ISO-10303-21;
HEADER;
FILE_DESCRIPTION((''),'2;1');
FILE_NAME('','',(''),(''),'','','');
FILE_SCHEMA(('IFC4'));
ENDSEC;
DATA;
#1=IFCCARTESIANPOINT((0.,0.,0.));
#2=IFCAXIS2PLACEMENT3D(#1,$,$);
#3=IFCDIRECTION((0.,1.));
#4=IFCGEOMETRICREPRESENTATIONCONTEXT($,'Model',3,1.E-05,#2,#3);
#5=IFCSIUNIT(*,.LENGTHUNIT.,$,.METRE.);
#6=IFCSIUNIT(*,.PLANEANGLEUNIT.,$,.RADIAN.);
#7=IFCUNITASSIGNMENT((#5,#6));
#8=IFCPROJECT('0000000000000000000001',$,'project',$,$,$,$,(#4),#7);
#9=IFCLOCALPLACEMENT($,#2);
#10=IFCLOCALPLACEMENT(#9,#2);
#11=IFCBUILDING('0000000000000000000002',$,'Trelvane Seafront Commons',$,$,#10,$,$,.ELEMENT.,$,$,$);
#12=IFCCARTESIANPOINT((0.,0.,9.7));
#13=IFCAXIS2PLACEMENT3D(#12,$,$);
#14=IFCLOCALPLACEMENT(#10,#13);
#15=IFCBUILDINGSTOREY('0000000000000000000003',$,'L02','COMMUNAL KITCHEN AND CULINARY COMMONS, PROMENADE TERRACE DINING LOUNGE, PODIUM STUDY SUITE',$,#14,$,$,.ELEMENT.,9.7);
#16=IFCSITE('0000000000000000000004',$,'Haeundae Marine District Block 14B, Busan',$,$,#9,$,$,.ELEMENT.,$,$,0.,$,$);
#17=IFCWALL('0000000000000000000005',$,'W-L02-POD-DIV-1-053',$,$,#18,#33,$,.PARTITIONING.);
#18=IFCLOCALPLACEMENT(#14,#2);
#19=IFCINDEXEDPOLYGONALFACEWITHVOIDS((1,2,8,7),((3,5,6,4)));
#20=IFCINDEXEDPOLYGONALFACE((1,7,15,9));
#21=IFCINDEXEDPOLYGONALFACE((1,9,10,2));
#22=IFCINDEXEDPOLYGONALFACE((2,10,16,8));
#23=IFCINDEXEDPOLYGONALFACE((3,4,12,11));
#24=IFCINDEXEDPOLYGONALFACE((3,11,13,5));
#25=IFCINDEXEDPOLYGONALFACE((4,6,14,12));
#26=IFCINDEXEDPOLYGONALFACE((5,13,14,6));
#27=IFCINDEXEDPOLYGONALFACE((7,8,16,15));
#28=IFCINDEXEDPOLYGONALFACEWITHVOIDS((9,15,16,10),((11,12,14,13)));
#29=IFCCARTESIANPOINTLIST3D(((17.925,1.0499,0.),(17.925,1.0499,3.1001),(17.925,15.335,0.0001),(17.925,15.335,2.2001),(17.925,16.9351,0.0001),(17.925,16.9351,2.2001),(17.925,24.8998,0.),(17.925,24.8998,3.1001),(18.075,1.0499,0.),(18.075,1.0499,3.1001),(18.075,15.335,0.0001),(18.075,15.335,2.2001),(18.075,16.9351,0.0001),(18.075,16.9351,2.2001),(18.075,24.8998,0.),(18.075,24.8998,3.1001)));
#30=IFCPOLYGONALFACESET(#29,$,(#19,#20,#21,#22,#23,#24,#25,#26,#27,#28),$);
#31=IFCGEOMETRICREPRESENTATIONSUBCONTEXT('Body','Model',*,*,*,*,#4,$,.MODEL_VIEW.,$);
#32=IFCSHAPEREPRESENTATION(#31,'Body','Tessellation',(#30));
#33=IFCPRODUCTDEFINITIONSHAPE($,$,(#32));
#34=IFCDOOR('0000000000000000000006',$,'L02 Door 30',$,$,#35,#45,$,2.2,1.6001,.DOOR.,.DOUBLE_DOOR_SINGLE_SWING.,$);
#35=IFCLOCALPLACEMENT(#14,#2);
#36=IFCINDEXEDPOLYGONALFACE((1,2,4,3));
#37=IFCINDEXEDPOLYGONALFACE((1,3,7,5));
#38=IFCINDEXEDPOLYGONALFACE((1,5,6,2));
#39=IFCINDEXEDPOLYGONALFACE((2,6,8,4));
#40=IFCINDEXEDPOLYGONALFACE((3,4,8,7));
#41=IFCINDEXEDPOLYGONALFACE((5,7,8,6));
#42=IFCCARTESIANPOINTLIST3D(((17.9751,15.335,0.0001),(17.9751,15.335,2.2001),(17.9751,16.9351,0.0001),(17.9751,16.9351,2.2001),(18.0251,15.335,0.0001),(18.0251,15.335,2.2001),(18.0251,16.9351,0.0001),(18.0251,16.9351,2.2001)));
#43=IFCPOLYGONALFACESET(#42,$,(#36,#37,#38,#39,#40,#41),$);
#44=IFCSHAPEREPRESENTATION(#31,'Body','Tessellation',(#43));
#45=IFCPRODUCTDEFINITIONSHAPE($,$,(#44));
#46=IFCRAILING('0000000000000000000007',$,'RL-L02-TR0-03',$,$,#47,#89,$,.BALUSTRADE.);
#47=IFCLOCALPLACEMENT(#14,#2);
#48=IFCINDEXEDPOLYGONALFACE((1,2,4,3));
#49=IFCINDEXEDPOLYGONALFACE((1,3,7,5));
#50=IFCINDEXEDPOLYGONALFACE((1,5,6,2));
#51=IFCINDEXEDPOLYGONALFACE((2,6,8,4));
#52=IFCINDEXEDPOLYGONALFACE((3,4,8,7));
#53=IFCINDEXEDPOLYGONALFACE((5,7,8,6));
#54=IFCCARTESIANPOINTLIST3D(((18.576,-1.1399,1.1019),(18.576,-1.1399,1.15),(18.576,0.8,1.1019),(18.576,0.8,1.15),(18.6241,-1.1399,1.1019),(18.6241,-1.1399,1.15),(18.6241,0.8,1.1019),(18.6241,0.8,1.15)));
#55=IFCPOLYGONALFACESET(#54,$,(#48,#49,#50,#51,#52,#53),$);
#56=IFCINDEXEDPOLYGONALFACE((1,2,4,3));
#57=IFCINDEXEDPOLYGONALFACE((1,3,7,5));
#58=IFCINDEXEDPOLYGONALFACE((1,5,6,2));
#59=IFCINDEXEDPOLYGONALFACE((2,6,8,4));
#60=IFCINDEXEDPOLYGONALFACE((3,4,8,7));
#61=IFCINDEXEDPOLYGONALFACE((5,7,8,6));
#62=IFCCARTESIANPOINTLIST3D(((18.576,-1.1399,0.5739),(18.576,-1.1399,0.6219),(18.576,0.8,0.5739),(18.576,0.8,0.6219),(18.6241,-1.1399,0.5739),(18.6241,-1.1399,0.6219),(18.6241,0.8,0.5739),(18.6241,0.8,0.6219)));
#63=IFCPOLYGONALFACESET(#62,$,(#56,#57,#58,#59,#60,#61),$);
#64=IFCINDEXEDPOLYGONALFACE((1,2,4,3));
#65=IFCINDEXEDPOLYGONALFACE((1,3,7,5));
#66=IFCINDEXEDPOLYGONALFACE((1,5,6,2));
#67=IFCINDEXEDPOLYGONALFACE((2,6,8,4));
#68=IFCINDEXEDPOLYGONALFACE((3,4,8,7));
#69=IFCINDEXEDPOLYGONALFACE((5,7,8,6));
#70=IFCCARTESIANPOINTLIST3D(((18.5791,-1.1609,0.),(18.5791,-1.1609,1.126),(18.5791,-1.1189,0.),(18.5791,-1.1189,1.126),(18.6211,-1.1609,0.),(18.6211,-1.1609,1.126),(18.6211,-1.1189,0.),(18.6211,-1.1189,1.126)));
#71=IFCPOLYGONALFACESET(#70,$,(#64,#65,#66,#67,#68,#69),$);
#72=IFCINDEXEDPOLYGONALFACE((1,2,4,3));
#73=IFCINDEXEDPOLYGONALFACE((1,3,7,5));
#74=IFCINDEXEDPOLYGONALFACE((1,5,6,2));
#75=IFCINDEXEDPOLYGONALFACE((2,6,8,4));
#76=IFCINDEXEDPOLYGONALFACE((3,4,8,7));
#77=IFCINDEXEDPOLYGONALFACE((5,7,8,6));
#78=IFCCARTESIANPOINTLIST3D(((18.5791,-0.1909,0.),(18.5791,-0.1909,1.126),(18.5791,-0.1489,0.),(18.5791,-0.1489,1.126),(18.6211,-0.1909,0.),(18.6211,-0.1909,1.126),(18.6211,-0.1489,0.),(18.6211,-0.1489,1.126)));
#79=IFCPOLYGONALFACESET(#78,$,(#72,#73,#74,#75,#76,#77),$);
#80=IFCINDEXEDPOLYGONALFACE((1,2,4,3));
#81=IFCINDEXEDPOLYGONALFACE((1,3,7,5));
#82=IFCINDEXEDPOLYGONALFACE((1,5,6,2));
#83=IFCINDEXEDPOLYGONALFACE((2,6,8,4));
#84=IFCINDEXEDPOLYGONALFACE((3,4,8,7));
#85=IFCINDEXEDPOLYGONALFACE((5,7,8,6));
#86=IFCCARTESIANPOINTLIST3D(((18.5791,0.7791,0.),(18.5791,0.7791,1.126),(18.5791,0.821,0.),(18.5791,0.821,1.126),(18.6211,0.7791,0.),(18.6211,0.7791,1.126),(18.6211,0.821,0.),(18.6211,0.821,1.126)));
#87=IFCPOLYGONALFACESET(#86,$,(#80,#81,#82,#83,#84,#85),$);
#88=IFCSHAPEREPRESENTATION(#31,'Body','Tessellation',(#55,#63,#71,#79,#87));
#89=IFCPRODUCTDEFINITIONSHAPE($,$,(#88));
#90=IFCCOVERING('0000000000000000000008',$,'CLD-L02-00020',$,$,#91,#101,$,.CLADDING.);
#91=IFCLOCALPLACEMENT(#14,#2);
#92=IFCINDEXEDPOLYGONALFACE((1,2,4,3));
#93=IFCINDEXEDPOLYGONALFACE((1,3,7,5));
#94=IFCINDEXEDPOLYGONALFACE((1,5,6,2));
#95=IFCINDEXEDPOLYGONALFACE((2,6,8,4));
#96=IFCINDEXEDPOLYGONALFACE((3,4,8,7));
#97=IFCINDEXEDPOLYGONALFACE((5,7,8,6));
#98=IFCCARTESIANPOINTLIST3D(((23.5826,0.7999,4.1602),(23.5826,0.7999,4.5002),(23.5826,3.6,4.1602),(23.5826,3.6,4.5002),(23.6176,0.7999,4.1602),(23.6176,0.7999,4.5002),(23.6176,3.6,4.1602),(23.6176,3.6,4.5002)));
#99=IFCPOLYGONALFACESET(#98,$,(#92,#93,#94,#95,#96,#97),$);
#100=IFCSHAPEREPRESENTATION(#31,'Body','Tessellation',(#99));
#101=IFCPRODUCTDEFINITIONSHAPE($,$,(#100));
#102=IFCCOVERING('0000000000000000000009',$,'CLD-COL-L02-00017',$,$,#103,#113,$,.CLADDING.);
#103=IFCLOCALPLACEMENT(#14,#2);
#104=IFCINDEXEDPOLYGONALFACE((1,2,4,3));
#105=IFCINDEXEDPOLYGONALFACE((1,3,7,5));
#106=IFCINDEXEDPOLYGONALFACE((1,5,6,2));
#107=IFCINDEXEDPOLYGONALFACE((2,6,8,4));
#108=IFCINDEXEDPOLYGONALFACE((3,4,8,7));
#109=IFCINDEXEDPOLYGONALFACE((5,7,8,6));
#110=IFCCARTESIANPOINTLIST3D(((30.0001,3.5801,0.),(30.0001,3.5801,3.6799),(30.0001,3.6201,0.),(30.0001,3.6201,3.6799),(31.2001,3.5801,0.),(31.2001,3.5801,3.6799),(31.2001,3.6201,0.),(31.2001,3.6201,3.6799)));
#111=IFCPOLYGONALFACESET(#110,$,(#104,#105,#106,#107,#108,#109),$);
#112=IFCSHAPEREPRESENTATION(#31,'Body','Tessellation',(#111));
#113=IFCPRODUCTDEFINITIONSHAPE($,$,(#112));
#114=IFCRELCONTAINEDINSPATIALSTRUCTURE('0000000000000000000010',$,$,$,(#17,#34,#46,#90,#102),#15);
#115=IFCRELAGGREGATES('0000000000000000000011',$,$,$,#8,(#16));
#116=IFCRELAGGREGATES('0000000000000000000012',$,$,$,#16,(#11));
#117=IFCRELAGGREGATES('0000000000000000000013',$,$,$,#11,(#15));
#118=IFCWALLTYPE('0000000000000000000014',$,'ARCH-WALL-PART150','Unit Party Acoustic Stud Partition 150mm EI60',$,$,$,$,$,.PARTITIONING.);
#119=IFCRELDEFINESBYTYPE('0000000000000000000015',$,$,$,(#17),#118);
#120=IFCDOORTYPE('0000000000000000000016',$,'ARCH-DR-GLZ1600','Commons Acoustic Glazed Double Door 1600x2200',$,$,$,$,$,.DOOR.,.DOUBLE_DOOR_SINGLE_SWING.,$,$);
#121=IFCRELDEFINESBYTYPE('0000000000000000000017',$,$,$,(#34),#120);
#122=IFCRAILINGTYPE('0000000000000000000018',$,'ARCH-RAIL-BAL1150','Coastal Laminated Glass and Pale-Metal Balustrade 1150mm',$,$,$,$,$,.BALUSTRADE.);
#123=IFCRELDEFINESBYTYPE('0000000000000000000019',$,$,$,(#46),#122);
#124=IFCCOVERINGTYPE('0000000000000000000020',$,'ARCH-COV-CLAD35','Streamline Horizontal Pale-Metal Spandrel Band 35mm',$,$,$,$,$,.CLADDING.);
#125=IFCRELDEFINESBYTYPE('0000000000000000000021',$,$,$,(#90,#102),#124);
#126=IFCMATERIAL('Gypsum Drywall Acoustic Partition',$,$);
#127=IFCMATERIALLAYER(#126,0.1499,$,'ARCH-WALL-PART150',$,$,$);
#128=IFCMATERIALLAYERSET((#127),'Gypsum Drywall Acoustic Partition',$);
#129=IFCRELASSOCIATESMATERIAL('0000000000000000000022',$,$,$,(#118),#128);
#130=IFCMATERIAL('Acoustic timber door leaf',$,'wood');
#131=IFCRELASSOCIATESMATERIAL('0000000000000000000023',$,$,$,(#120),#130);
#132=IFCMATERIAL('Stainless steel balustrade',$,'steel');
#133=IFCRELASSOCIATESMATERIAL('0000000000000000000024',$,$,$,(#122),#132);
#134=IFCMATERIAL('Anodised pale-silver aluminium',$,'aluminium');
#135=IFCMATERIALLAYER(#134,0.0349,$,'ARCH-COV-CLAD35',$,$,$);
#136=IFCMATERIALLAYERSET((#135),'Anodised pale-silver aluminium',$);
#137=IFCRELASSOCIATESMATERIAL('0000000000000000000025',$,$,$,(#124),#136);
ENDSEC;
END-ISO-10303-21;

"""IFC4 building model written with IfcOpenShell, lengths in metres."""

from ifc_helpers import new_model, si_unit, direction, frame, frame_2d, origin, origin_2d, place, context, subcontext, project, spatial, rectangle, extrude, source, transform, mapped, material, layer, layer_set, type_object, element, fill, save


model = new_model("IFC4")

# Units and contexts
model_context = context("Model", 3, precision=1e-05, world=origin(), true_north=direction((0.0, 1.0)))
body_context = subcontext(model_context, "Body", "Model", "MODEL_VIEW")
ifc_project = project(units=[si_unit("LENGTHUNIT", "METRE"), si_unit("PLANEANGLEUNIT", "RADIAN")], contexts=[model_context])

# Site, building, storey
site_placement = place(None, origin())
site = spatial("IfcSite", under=ifc_project, at=site_placement, Name="Haeundae Marine District Block 14B, Busan", CompositionType="ELEMENT", RefElevation=0.0)
building_placement = place(site_placement, origin())
building = spatial("IfcBuilding", under=site, at=building_placement, Name="Trelvane Seafront Commons", CompositionType="ELEMENT")
storey_placement = place(building_placement, frame((0.0, 0.0, 9.7)))
storey = spatial("IfcBuildingStorey", under=building, at=storey_placement, Name="L02", Description="COMMUNAL KITCHEN AND CULINARY COMMONS, PROMENADE TERRACE DINING LOUNGE, PODIUM STUDY SUITE", CompositionType="ELEMENT", Elevation=9.7)

# Shared definitions
ifc_material_1 = material(Name="Anodised pale-silver aluminium", Category="aluminium")

# Wall, opening, door
ifc_material_2 = material(Name="Gypsum Drywall Acoustic Partition")
ifc_layer_1 = layer(ifc_material_2, 0.1499, Name="ARCH-WALL-PART150")
ifc_layer_set_1 = layer_set([ifc_layer_1], Name="Gypsum Drywall Acoustic Partition")
wall_type_1 = type_object("IfcWallType", Name="ARCH-WALL-PART150", Description="Unit Party Acoustic Stud Partition 150mm EI60", PredefinedType="PARTITIONING", material=ifc_layer_set_1)
wall_1_placement = place(storey_placement, frame((18.0, 1.05, 0.0), z_axis=(0.0, 0.0, 1.0), x_axis=(0.0, 1.0, 0.0)))
wall_1 = element("IfcWall", 1, at=wall_1_placement, inside=storey, type_object=wall_type_1, Name="W-L02-POD-DIV-1-053", PredefinedType="PARTITIONING", context=body_context, shape_type="SweptSolid", body=[
    extrude(rectangle(XDim=23.8499, YDim=0.1499, at=frame_2d((11.9248, 0.0))), origin(), (0.0, 0.0, 1.0), 3.1001),
])
opening_1_placement = place(wall_1_placement, frame((14.2849, 0.0, 0.0)))
opening_1 = element("IfcOpeningElement", 2, at=opening_1_placement, cuts=wall_1, PredefinedType="OPENING", context=body_context, shape_type="SweptSolid", body=[
    extrude(rectangle(XDim=1.6001, YDim=2.2, at=frame_2d((0.8, 1.1001))), frame((0.0, 0.085, 0.0), z_axis=(0.0, -1.0, 0.0), x_axis=(1.0, 0.0, 0.0)), (0.0, 0.0, 1.0), 0.1699),
])
ifc_material_3 = material(Name="Acoustic timber door leaf", Category="wood")
door_type_1 = type_object("IfcDoorType", Name="ARCH-DR-GLZ1600", Description="Commons Acoustic Glazed Double Door 1600x2200", OperationType="DOUBLE_DOOR_SINGLE_SWING", PredefinedType="DOOR", material=ifc_material_3)
shared_shape_1 = source(origin(), body_context, "Body", "SweptSolid", [
    extrude(rectangle(XDim=1.6001, YDim=2.2, at=frame_2d((0.8, 1.1001))), frame((0.0, 0.0249, 0.0), z_axis=(0.0, -1.0, 0.0), x_axis=(1.0, 0.0, 0.0)), (0.0, 0.0, 1.0), 0.05),
])
door_1_placement = place(opening_1_placement, origin())
door_1 = element("IfcDoor", 3, at=door_1_placement, inside=storey, type_object=door_type_1, Name="L02 Door 30", OperationType="DOUBLE_DOOR_SINGLE_SWING", OverallHeight=2.2, OverallWidth=1.6001, PredefinedType="DOOR", context=body_context, shape_type="MappedRepresentation", body=[
    mapped(shared_shape_1, transform((0.0, 0.0, 0.0), x_axis=(1.0, 0.0, 0.0), y_axis=(0.0, 1.0, 0.0), z_axis=(0.0, 0.0, 1.0), scale=1.0)),
])
fill(opening_1, door_1)

# Railing
ifc_material_4 = material(Name="Stainless steel balustrade", Category="steel")
railing_type = type_object("IfcRailingType", Name="ARCH-RAIL-BAL1150", Description="Coastal Laminated Glass and Pale-Metal Balustrade 1150mm", PredefinedType="BALUSTRADE", material=ifc_material_4)
railing_placement = place(storey_placement, frame((18.6001, -1.1399, 0.0)))
element("IfcRailing", 4, at=railing_placement, inside=storey, type_object=railing_type, Name="RL-L02-TR0-03", PredefinedType="BALUSTRADE", context=body_context, shape_type="SweptSolid", body=[
    extrude(rectangle(XDim=0.0481, YDim=0.0481, at=origin_2d()), frame((0.0, 0.0, 1.126), z_axis=(0.0, 1.0, 0.0), x_axis=(-1.0, 0.0, 0.0)), (0.0, 0.0, 1.0), 1.9399),
    extrude(rectangle(XDim=0.0481, YDim=0.0481, at=origin_2d()), frame((0.0, 0.0, 0.5979), z_axis=(0.0, 1.0, 0.0), x_axis=(-1.0, 0.0, 0.0)), (0.0, 0.0, 1.0), 1.9399),
    extrude(rectangle(XDim=0.042, YDim=0.042, at=origin_2d()), origin(), (0.0, 0.0, 1.0), 1.126),
    extrude(rectangle(XDim=0.042, YDim=0.042, at=origin_2d()), frame((0.0, 0.97, 0.0)), (0.0, 0.0, 1.0), 1.126),
    extrude(rectangle(XDim=0.042, YDim=0.042, at=origin_2d()), frame((0.0, 1.9399, 0.0)), (0.0, 0.0, 1.0), 1.126),
])

# Coverings
ifc_layer_2 = layer(ifc_material_1, 0.0349, Name="ARCH-COV-CLAD35")
ifc_layer_set_2 = layer_set([ifc_layer_2], Name="Anodised pale-silver aluminium")
covering_type = type_object("IfcCoveringType", Name="ARCH-COV-CLAD35", Description="Streamline Horizontal Pale-Metal Spandrel Band 35mm", PredefinedType="CLADDING", material=ifc_layer_set_2)
shared_shape_2 = source(origin(), body_context, "Body", "SweptSolid", [
    extrude(rectangle(XDim=2.8, YDim=0.0349, at=origin_2d()), origin(), (0.0, 0.0, 1.0), 0.3401),
])
covering_1_placement = place(storey_placement, frame((23.6001, 2.2, 4.1602), z_axis=(0.0, 0.0, 1.0), x_axis=(0.0, -1.0, 0.0)))
element("IfcCovering", 5, at=covering_1_placement, inside=storey, type_object=covering_type, Name="CLD-L02-00020", PredefinedType="CLADDING", context=body_context, shape_type="MappedRepresentation", body=[
    mapped(shared_shape_2, transform((0.0, 0.0, 0.0), x_axis=(1.0, 0.0, 0.0), y_axis=(0.0, 1.0, 0.0), z_axis=(0.0, 0.0, 1.0), scale=1.0)),
])
shared_shape_3 = source(origin(), body_context, "Body", "SweptSolid", [
    extrude(rectangle(XDim=1.2, YDim=0.04, at=origin_2d()), origin(), (0.0, 0.0, 1.0), 3.6799),
])
covering_2_placement = place(storey_placement, frame((30.6001, 3.6001, 0.0), z_axis=(0.0, 0.0, 1.0), x_axis=(-1.0, 0.0, 0.0)))
element("IfcCovering", 6, at=covering_2_placement, inside=storey, type_object=covering_type, Name="CLD-COL-L02-00017", PredefinedType="CLADDING", context=body_context, shape_type="MappedRepresentation", body=[
    mapped(shared_shape_3, transform((0.0, 0.0, 0.0), x_axis=(1.0, 0.0, 0.0), y_axis=(0.0, 1.0, 0.0), z_axis=(0.0, 0.0, 1.0), scale=1.0)),
])

save(model, "model.ifc")
